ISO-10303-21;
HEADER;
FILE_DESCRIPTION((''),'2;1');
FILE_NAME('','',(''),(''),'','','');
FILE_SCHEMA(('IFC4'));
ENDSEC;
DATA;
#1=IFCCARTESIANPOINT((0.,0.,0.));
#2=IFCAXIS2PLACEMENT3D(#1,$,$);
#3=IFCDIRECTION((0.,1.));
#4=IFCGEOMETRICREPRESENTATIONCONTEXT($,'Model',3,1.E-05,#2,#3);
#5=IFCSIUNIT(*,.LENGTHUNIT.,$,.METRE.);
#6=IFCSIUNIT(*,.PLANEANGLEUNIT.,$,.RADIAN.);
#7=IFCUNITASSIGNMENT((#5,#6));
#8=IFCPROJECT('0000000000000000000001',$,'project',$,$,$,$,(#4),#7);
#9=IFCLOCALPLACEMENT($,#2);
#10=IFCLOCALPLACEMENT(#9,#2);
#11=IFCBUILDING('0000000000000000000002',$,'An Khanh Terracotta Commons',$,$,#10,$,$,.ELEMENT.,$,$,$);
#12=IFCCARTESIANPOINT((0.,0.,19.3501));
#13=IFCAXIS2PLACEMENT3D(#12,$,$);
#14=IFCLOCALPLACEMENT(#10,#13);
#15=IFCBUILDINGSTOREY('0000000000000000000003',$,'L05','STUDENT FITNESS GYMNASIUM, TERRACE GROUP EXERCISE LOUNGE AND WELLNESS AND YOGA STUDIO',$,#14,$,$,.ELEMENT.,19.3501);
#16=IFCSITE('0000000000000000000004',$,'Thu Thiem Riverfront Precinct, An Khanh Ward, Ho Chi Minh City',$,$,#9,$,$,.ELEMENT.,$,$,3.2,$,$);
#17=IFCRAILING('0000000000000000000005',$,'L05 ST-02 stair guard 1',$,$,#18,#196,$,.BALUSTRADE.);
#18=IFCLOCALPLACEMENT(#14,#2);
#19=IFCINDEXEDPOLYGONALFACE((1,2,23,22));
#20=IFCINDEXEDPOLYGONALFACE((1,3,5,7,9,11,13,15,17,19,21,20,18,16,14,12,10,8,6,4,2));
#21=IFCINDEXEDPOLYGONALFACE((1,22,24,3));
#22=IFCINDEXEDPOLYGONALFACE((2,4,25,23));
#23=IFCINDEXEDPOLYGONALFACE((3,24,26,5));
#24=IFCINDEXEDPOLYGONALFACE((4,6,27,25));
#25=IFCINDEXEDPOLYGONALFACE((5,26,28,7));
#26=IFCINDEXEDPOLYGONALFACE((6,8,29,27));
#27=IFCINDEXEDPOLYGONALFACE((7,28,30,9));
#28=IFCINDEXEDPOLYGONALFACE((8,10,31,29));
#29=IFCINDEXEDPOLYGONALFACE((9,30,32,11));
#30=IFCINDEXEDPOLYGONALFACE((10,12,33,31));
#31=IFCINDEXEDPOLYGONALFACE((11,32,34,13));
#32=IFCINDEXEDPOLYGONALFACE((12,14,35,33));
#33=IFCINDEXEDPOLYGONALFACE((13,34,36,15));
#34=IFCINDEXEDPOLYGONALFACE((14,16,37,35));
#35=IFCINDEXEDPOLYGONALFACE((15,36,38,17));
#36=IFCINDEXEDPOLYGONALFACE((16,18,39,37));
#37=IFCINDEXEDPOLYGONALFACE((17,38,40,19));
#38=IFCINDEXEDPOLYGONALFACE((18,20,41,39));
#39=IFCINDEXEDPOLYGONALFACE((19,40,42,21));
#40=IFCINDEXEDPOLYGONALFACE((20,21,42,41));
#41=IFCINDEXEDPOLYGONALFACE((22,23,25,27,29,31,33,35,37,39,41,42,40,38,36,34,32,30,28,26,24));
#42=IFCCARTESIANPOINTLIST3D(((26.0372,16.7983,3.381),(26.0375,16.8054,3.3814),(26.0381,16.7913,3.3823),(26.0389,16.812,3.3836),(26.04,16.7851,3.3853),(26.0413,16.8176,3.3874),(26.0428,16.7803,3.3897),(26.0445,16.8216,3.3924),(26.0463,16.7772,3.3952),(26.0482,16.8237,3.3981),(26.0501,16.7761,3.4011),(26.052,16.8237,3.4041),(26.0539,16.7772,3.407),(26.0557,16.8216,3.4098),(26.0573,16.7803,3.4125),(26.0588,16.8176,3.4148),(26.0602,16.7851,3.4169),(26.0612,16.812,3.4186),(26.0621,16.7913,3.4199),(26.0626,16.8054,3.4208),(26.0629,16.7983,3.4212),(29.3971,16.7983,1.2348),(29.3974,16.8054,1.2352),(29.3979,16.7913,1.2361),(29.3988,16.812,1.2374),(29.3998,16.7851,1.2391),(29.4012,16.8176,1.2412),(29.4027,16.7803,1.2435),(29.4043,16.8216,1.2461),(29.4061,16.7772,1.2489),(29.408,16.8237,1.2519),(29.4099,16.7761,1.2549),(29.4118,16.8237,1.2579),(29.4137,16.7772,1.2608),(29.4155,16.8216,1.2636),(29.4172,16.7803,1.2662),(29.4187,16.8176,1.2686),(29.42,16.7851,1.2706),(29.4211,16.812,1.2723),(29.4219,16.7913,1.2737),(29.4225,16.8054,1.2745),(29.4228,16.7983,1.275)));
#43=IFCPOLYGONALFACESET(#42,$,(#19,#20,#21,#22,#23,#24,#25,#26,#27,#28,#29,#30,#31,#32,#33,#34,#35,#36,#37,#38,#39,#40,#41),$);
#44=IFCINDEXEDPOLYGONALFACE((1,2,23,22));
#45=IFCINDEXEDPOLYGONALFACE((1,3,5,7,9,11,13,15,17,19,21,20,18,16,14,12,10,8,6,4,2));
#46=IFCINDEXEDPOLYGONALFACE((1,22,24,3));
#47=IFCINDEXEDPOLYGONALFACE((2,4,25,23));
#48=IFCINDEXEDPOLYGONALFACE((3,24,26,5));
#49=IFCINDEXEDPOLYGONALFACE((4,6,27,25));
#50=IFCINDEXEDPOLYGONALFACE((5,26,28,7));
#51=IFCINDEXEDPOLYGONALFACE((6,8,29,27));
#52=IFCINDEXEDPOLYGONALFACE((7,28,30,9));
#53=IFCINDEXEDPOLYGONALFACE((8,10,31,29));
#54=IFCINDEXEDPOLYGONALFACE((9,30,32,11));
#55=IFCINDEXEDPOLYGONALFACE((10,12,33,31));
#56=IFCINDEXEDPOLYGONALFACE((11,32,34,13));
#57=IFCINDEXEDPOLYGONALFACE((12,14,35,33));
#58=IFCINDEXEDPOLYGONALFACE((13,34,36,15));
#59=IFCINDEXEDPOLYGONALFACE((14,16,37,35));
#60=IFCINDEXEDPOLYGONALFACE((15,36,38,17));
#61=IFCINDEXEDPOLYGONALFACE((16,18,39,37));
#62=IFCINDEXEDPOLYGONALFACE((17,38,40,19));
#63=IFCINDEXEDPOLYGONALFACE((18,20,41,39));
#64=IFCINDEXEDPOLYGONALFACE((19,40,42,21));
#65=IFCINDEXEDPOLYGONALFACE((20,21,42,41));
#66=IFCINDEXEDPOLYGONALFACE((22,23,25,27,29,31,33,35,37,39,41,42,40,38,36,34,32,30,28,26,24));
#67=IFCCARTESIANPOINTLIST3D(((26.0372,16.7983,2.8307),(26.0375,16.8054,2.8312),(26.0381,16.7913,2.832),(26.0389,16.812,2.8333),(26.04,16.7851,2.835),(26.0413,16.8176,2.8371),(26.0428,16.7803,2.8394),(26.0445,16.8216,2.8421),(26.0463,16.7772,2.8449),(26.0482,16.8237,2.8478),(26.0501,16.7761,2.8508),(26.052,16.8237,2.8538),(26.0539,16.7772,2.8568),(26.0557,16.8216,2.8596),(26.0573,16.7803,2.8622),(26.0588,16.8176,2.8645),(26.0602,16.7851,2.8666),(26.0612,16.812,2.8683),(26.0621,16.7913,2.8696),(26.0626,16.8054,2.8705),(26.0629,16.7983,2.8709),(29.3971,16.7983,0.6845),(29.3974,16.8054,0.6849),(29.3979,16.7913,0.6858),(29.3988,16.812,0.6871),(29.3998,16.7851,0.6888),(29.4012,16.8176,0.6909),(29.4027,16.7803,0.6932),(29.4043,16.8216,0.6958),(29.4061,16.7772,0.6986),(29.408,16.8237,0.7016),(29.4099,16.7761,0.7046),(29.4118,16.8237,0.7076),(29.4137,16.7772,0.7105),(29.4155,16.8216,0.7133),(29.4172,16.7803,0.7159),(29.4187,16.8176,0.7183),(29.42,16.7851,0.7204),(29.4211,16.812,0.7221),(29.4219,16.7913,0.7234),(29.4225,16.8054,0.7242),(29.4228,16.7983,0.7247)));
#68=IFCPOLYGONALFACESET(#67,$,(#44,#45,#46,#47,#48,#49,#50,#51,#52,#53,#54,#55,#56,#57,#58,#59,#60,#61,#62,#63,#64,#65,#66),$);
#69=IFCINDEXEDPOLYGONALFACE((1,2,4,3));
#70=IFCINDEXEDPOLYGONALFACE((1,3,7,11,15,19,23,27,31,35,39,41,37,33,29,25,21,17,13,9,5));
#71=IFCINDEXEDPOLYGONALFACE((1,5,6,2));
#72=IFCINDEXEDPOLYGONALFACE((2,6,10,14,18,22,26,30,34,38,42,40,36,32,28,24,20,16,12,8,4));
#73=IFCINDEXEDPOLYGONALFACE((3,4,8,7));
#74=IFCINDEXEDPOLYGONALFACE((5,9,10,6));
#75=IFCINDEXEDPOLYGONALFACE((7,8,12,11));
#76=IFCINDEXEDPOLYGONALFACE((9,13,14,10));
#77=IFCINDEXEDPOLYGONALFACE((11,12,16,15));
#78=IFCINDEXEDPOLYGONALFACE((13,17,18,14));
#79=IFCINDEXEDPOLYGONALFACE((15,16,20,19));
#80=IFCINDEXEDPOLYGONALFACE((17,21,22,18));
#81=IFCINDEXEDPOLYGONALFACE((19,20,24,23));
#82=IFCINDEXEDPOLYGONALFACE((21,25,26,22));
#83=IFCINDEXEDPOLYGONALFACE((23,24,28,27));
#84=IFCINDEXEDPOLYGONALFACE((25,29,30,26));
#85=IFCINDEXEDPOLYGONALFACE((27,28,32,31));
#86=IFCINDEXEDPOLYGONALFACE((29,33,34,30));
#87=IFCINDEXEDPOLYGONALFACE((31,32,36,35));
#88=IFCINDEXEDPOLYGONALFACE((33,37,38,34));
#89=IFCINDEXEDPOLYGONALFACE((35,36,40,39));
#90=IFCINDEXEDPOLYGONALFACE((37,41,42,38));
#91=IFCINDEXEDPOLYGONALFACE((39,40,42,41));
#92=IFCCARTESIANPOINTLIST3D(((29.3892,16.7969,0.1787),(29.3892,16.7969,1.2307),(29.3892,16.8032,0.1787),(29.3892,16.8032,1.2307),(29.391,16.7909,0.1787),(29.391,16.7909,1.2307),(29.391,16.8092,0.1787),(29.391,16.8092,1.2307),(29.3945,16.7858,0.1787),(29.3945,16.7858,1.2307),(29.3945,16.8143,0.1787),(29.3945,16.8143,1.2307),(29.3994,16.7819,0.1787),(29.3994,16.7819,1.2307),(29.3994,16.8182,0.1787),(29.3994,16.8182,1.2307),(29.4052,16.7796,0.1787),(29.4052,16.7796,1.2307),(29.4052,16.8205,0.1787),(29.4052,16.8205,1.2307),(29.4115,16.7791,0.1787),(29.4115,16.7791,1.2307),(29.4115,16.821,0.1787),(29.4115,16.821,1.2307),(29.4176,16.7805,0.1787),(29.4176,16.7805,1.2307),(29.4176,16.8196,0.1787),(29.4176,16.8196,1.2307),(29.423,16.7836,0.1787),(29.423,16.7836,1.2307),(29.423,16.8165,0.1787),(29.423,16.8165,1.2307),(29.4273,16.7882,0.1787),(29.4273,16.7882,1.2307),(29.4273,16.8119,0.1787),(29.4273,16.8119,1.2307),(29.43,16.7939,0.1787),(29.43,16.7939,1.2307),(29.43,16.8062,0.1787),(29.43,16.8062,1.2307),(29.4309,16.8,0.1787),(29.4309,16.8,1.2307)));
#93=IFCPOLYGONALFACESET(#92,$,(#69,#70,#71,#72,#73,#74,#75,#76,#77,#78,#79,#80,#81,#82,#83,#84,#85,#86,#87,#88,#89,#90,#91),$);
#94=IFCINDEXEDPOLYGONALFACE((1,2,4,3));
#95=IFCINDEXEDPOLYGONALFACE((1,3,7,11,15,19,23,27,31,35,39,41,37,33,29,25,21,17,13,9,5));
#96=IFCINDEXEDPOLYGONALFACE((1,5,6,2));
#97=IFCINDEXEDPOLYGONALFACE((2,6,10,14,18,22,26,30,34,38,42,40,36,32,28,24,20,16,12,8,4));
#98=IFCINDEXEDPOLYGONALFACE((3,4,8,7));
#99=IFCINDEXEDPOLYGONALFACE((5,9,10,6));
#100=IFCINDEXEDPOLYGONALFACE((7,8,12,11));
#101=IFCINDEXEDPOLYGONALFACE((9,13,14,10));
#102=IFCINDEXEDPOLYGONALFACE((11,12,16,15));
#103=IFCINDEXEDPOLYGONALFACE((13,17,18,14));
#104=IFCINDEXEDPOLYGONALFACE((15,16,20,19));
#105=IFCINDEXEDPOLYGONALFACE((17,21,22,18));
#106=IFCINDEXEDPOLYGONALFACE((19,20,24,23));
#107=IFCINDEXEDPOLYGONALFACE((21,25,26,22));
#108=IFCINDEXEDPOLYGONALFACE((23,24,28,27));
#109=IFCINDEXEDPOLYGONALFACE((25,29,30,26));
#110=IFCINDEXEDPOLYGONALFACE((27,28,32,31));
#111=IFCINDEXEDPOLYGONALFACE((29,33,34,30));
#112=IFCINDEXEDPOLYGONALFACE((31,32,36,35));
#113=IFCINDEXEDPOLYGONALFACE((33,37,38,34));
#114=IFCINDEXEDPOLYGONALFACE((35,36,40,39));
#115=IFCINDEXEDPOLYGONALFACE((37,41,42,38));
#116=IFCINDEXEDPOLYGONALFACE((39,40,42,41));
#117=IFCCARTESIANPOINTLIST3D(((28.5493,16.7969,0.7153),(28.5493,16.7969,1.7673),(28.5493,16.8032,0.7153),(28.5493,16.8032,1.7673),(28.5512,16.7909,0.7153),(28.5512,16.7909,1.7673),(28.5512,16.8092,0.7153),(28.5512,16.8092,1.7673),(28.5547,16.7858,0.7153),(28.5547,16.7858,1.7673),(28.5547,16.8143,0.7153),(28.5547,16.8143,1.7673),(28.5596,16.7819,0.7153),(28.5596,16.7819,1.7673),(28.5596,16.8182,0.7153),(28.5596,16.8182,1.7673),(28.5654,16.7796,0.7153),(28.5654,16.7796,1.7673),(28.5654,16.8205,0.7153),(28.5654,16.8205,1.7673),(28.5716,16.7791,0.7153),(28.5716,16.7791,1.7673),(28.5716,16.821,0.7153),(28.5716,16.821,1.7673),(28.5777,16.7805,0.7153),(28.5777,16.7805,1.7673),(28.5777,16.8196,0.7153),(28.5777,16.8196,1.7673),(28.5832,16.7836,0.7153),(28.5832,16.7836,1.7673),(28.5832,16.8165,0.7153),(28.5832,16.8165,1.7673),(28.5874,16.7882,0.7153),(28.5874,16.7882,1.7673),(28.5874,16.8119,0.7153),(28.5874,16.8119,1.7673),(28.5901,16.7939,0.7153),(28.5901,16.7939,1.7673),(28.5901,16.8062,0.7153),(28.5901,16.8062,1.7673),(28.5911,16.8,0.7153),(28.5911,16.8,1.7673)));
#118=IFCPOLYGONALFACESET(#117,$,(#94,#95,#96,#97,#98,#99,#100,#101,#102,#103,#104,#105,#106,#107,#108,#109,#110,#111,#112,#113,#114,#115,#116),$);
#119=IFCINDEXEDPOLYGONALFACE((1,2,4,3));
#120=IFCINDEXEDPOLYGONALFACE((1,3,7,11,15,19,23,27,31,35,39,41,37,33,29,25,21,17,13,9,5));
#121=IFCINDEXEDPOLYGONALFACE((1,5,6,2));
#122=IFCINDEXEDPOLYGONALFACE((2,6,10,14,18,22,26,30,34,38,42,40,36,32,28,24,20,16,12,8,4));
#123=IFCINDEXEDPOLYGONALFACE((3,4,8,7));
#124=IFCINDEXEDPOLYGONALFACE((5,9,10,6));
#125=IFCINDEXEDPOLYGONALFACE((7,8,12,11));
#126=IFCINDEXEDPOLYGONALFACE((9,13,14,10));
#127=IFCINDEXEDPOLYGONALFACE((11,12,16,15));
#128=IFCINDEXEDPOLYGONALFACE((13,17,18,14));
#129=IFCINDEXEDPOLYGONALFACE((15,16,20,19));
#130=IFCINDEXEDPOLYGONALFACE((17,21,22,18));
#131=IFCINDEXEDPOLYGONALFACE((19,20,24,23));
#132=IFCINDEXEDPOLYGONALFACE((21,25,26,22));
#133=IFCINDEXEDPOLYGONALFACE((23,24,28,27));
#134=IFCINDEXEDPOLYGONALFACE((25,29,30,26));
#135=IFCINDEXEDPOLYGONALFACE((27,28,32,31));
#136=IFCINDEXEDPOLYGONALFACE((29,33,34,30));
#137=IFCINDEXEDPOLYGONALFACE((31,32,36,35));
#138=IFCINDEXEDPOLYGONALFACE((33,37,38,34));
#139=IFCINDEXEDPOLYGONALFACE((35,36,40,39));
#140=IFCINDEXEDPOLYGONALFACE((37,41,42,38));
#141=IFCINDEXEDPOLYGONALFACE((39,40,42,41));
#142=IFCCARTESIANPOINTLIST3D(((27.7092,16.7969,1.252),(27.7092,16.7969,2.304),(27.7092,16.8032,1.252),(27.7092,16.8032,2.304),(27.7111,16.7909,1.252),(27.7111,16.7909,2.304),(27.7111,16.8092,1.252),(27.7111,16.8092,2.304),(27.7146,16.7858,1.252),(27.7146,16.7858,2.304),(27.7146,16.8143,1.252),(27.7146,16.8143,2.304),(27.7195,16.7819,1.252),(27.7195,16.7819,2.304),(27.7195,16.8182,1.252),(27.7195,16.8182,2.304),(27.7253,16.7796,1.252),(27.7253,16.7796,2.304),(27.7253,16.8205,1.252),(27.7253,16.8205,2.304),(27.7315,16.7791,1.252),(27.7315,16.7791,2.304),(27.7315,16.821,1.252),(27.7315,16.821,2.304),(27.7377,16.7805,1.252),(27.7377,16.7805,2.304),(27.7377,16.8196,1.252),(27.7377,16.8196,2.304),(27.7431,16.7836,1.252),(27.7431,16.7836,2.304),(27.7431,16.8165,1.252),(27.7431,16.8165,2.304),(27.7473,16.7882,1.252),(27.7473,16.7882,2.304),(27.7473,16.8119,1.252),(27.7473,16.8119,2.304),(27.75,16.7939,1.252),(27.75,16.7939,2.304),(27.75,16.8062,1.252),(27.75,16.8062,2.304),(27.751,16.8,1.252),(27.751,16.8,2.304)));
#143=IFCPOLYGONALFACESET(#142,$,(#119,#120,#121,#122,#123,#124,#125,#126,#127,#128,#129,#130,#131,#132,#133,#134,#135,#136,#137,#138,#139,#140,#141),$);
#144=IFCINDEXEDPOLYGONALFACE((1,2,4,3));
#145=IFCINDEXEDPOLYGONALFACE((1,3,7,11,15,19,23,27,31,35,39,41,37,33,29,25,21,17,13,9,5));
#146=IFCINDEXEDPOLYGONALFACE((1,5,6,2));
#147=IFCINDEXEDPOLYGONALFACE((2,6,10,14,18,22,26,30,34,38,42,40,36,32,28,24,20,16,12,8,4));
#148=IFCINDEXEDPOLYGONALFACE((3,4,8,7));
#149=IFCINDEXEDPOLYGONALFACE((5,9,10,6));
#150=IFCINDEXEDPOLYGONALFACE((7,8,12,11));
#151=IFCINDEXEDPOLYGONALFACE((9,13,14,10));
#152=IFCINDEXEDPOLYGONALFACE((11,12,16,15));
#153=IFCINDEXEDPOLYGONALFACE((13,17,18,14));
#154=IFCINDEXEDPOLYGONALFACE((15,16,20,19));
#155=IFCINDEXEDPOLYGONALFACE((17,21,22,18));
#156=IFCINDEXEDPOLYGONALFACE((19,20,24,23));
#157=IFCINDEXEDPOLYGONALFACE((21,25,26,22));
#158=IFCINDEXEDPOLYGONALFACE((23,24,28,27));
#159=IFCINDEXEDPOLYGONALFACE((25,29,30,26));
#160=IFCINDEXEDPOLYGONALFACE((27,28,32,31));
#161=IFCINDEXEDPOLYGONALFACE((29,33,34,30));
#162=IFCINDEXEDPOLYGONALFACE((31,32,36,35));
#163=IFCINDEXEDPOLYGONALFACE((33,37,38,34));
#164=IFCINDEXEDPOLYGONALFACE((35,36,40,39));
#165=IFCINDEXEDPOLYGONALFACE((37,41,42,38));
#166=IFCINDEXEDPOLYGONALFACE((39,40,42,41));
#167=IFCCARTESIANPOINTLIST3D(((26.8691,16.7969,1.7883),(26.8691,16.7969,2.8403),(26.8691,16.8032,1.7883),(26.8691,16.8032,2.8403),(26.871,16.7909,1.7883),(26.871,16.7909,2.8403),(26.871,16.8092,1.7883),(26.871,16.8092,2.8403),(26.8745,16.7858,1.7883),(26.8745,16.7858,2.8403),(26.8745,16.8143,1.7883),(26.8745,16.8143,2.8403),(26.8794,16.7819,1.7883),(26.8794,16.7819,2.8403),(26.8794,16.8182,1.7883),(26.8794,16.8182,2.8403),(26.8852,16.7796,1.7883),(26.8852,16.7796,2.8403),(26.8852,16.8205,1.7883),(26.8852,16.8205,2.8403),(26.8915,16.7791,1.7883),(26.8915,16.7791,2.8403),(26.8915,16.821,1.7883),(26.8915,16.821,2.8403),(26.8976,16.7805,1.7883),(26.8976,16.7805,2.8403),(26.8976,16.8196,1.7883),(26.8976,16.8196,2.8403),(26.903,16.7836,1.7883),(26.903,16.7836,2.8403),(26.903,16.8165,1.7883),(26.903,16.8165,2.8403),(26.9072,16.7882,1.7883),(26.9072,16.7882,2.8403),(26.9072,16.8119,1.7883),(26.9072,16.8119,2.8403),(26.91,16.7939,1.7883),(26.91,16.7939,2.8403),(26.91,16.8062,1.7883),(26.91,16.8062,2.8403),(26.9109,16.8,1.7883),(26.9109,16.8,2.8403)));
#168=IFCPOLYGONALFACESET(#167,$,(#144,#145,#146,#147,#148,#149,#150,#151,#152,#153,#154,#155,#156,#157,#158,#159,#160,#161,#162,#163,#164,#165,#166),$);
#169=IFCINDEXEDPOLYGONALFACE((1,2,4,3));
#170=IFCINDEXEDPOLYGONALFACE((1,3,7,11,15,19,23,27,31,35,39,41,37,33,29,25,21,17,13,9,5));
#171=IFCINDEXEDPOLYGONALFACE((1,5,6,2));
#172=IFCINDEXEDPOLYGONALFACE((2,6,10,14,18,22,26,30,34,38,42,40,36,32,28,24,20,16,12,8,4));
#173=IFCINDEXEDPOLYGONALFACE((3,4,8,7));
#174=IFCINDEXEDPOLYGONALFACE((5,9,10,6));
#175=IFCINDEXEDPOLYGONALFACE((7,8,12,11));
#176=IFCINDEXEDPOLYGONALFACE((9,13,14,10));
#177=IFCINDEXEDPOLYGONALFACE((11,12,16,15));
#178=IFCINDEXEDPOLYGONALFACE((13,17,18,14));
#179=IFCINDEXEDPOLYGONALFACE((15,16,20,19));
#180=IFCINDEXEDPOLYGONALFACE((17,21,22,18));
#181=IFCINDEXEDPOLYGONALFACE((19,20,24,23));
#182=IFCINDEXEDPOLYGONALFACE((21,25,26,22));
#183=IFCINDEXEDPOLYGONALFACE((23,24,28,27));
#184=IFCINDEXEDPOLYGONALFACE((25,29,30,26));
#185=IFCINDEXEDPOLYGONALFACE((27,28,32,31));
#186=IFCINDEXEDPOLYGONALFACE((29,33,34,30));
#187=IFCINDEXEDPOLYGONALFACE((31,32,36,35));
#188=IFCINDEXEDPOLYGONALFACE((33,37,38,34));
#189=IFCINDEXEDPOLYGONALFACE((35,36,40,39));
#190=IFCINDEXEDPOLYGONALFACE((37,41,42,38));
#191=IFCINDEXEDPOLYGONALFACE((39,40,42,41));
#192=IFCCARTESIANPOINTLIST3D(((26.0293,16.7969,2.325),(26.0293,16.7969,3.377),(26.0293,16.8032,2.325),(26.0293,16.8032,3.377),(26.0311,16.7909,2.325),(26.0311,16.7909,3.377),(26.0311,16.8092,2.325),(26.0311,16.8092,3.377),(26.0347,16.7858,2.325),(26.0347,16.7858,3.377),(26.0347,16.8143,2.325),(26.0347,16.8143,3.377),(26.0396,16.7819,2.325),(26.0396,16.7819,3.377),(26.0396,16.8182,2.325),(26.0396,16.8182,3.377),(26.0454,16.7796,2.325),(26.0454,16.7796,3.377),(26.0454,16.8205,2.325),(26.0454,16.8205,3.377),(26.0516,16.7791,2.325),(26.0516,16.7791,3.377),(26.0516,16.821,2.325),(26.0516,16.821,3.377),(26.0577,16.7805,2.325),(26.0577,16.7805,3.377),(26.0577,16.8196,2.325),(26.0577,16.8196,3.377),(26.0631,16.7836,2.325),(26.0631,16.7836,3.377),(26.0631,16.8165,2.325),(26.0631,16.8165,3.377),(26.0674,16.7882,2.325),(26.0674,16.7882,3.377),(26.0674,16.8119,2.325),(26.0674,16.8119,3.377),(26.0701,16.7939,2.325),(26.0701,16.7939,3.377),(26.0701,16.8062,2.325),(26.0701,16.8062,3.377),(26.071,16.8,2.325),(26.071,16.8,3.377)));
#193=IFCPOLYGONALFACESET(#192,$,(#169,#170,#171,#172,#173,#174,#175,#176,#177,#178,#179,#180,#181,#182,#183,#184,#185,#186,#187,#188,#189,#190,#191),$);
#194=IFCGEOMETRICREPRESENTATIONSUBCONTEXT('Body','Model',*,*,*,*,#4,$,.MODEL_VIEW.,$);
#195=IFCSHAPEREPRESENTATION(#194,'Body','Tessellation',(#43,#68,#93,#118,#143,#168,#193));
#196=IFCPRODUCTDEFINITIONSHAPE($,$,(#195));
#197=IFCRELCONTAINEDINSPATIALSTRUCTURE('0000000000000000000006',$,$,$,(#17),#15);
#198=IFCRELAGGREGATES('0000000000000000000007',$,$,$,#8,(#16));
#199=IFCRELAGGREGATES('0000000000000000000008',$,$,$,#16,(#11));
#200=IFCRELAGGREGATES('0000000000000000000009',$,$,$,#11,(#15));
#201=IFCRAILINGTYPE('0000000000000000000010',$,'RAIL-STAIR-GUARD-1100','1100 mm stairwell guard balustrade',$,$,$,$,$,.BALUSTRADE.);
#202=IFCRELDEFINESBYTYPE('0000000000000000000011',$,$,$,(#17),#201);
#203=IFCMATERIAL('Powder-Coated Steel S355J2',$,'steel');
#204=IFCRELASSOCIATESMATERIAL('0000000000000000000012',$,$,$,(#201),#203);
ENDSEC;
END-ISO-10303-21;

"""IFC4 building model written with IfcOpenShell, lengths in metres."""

from ifc_helpers import new_model, si_unit, direction, frame, origin, origin_2d, place, context, subcontext, project, spatial, circle, extrude, material, type_object, element, save


model = new_model("IFC4")

# Units and contexts
model_context = context("Model", 3, precision=1e-05, world=origin(), true_north=direction((0.0, 1.0)))
body_context = subcontext(model_context, "Body", "Model", "MODEL_VIEW")
ifc_project = project(units=[si_unit("LENGTHUNIT", "METRE"), si_unit("PLANEANGLEUNIT", "RADIAN")], contexts=[model_context])

# Site, building, storey
site_placement = place(None, origin())
site = spatial("IfcSite", under=ifc_project, at=site_placement, Name="Thu Thiem Riverfront Precinct, An Khanh Ward, Ho Chi Minh City", CompositionType="ELEMENT", RefElevation=3.2)
building_placement = place(site_placement, origin())
building = spatial("IfcBuilding", under=site, at=building_placement, Name="An Khanh Terracotta Commons", CompositionType="ELEMENT")
storey_placement = place(building_placement, frame((0.0, 0.0, 19.3501)))
storey = spatial("IfcBuildingStorey", under=building, at=storey_placement, Name="L05", Description="STUDENT FITNESS GYMNASIUM, TERRACE GROUP EXERCISE LOUNGE AND WELLNESS AND YOGA STUDIO", CompositionType="ELEMENT", Elevation=19.3501)

# Railing
ifc_material_1 = material(Name="Powder-Coated Steel S355J2", Category="steel")
railing_type_1 = type_object("IfcRailingType", Name="RAIL-STAIR-GUARD-1100", Description="1100 mm stairwell guard balustrade", PredefinedType="BALUSTRADE", material=ifc_material_1)
railing_1_placement = place(storey_placement, frame((29.4099, 16.8, 0.1787)))
element("IfcRailing", 1, at=railing_1_placement, inside=storey, type_object=railing_type_1, Name="L05 ST-02 stair guard 1", PredefinedType="BALUSTRADE", context=body_context, shape_type="SweptSolid", body=[
    extrude(circle(Radius=0.0239, at=origin_2d()), frame((0.0, 0.0, 1.0762), z_axis=(-0.842735, 0.0, 0.538329), x_axis=(0.0, -1.0, 0.0)), (0.0, 0.0, 1.0), 3.9868),
    extrude(circle(Radius=0.0239, at=origin_2d()), frame((0.0, 0.0, 0.5259), z_axis=(-0.842735, 0.0, 0.538329), x_axis=(0.0, -1.0, 0.0)), (0.0, 0.0, 1.0), 3.9868),
    extrude(circle(Radius=0.021, at=origin_2d()), origin(), (0.0, 0.0, 1.0), 1.052),
    extrude(circle(Radius=0.021, at=origin_2d()), frame((-0.8398, 0.0, 0.5366)), (0.0, 0.0, 1.0), 1.052),
    extrude(circle(Radius=0.021, at=origin_2d()), frame((-1.6799, 0.0, 1.0732)), (0.0, 0.0, 1.0), 1.052),
    extrude(circle(Radius=0.021, at=origin_2d()), frame((-2.52, 0.0, 1.6096)), (0.0, 0.0, 1.0), 1.052),
    extrude(circle(Radius=0.021, at=origin_2d()), frame((-3.3599, 0.0, 2.1462)), (0.0, 0.0, 1.0), 1.052),
])

save(model, "model.ifc")
